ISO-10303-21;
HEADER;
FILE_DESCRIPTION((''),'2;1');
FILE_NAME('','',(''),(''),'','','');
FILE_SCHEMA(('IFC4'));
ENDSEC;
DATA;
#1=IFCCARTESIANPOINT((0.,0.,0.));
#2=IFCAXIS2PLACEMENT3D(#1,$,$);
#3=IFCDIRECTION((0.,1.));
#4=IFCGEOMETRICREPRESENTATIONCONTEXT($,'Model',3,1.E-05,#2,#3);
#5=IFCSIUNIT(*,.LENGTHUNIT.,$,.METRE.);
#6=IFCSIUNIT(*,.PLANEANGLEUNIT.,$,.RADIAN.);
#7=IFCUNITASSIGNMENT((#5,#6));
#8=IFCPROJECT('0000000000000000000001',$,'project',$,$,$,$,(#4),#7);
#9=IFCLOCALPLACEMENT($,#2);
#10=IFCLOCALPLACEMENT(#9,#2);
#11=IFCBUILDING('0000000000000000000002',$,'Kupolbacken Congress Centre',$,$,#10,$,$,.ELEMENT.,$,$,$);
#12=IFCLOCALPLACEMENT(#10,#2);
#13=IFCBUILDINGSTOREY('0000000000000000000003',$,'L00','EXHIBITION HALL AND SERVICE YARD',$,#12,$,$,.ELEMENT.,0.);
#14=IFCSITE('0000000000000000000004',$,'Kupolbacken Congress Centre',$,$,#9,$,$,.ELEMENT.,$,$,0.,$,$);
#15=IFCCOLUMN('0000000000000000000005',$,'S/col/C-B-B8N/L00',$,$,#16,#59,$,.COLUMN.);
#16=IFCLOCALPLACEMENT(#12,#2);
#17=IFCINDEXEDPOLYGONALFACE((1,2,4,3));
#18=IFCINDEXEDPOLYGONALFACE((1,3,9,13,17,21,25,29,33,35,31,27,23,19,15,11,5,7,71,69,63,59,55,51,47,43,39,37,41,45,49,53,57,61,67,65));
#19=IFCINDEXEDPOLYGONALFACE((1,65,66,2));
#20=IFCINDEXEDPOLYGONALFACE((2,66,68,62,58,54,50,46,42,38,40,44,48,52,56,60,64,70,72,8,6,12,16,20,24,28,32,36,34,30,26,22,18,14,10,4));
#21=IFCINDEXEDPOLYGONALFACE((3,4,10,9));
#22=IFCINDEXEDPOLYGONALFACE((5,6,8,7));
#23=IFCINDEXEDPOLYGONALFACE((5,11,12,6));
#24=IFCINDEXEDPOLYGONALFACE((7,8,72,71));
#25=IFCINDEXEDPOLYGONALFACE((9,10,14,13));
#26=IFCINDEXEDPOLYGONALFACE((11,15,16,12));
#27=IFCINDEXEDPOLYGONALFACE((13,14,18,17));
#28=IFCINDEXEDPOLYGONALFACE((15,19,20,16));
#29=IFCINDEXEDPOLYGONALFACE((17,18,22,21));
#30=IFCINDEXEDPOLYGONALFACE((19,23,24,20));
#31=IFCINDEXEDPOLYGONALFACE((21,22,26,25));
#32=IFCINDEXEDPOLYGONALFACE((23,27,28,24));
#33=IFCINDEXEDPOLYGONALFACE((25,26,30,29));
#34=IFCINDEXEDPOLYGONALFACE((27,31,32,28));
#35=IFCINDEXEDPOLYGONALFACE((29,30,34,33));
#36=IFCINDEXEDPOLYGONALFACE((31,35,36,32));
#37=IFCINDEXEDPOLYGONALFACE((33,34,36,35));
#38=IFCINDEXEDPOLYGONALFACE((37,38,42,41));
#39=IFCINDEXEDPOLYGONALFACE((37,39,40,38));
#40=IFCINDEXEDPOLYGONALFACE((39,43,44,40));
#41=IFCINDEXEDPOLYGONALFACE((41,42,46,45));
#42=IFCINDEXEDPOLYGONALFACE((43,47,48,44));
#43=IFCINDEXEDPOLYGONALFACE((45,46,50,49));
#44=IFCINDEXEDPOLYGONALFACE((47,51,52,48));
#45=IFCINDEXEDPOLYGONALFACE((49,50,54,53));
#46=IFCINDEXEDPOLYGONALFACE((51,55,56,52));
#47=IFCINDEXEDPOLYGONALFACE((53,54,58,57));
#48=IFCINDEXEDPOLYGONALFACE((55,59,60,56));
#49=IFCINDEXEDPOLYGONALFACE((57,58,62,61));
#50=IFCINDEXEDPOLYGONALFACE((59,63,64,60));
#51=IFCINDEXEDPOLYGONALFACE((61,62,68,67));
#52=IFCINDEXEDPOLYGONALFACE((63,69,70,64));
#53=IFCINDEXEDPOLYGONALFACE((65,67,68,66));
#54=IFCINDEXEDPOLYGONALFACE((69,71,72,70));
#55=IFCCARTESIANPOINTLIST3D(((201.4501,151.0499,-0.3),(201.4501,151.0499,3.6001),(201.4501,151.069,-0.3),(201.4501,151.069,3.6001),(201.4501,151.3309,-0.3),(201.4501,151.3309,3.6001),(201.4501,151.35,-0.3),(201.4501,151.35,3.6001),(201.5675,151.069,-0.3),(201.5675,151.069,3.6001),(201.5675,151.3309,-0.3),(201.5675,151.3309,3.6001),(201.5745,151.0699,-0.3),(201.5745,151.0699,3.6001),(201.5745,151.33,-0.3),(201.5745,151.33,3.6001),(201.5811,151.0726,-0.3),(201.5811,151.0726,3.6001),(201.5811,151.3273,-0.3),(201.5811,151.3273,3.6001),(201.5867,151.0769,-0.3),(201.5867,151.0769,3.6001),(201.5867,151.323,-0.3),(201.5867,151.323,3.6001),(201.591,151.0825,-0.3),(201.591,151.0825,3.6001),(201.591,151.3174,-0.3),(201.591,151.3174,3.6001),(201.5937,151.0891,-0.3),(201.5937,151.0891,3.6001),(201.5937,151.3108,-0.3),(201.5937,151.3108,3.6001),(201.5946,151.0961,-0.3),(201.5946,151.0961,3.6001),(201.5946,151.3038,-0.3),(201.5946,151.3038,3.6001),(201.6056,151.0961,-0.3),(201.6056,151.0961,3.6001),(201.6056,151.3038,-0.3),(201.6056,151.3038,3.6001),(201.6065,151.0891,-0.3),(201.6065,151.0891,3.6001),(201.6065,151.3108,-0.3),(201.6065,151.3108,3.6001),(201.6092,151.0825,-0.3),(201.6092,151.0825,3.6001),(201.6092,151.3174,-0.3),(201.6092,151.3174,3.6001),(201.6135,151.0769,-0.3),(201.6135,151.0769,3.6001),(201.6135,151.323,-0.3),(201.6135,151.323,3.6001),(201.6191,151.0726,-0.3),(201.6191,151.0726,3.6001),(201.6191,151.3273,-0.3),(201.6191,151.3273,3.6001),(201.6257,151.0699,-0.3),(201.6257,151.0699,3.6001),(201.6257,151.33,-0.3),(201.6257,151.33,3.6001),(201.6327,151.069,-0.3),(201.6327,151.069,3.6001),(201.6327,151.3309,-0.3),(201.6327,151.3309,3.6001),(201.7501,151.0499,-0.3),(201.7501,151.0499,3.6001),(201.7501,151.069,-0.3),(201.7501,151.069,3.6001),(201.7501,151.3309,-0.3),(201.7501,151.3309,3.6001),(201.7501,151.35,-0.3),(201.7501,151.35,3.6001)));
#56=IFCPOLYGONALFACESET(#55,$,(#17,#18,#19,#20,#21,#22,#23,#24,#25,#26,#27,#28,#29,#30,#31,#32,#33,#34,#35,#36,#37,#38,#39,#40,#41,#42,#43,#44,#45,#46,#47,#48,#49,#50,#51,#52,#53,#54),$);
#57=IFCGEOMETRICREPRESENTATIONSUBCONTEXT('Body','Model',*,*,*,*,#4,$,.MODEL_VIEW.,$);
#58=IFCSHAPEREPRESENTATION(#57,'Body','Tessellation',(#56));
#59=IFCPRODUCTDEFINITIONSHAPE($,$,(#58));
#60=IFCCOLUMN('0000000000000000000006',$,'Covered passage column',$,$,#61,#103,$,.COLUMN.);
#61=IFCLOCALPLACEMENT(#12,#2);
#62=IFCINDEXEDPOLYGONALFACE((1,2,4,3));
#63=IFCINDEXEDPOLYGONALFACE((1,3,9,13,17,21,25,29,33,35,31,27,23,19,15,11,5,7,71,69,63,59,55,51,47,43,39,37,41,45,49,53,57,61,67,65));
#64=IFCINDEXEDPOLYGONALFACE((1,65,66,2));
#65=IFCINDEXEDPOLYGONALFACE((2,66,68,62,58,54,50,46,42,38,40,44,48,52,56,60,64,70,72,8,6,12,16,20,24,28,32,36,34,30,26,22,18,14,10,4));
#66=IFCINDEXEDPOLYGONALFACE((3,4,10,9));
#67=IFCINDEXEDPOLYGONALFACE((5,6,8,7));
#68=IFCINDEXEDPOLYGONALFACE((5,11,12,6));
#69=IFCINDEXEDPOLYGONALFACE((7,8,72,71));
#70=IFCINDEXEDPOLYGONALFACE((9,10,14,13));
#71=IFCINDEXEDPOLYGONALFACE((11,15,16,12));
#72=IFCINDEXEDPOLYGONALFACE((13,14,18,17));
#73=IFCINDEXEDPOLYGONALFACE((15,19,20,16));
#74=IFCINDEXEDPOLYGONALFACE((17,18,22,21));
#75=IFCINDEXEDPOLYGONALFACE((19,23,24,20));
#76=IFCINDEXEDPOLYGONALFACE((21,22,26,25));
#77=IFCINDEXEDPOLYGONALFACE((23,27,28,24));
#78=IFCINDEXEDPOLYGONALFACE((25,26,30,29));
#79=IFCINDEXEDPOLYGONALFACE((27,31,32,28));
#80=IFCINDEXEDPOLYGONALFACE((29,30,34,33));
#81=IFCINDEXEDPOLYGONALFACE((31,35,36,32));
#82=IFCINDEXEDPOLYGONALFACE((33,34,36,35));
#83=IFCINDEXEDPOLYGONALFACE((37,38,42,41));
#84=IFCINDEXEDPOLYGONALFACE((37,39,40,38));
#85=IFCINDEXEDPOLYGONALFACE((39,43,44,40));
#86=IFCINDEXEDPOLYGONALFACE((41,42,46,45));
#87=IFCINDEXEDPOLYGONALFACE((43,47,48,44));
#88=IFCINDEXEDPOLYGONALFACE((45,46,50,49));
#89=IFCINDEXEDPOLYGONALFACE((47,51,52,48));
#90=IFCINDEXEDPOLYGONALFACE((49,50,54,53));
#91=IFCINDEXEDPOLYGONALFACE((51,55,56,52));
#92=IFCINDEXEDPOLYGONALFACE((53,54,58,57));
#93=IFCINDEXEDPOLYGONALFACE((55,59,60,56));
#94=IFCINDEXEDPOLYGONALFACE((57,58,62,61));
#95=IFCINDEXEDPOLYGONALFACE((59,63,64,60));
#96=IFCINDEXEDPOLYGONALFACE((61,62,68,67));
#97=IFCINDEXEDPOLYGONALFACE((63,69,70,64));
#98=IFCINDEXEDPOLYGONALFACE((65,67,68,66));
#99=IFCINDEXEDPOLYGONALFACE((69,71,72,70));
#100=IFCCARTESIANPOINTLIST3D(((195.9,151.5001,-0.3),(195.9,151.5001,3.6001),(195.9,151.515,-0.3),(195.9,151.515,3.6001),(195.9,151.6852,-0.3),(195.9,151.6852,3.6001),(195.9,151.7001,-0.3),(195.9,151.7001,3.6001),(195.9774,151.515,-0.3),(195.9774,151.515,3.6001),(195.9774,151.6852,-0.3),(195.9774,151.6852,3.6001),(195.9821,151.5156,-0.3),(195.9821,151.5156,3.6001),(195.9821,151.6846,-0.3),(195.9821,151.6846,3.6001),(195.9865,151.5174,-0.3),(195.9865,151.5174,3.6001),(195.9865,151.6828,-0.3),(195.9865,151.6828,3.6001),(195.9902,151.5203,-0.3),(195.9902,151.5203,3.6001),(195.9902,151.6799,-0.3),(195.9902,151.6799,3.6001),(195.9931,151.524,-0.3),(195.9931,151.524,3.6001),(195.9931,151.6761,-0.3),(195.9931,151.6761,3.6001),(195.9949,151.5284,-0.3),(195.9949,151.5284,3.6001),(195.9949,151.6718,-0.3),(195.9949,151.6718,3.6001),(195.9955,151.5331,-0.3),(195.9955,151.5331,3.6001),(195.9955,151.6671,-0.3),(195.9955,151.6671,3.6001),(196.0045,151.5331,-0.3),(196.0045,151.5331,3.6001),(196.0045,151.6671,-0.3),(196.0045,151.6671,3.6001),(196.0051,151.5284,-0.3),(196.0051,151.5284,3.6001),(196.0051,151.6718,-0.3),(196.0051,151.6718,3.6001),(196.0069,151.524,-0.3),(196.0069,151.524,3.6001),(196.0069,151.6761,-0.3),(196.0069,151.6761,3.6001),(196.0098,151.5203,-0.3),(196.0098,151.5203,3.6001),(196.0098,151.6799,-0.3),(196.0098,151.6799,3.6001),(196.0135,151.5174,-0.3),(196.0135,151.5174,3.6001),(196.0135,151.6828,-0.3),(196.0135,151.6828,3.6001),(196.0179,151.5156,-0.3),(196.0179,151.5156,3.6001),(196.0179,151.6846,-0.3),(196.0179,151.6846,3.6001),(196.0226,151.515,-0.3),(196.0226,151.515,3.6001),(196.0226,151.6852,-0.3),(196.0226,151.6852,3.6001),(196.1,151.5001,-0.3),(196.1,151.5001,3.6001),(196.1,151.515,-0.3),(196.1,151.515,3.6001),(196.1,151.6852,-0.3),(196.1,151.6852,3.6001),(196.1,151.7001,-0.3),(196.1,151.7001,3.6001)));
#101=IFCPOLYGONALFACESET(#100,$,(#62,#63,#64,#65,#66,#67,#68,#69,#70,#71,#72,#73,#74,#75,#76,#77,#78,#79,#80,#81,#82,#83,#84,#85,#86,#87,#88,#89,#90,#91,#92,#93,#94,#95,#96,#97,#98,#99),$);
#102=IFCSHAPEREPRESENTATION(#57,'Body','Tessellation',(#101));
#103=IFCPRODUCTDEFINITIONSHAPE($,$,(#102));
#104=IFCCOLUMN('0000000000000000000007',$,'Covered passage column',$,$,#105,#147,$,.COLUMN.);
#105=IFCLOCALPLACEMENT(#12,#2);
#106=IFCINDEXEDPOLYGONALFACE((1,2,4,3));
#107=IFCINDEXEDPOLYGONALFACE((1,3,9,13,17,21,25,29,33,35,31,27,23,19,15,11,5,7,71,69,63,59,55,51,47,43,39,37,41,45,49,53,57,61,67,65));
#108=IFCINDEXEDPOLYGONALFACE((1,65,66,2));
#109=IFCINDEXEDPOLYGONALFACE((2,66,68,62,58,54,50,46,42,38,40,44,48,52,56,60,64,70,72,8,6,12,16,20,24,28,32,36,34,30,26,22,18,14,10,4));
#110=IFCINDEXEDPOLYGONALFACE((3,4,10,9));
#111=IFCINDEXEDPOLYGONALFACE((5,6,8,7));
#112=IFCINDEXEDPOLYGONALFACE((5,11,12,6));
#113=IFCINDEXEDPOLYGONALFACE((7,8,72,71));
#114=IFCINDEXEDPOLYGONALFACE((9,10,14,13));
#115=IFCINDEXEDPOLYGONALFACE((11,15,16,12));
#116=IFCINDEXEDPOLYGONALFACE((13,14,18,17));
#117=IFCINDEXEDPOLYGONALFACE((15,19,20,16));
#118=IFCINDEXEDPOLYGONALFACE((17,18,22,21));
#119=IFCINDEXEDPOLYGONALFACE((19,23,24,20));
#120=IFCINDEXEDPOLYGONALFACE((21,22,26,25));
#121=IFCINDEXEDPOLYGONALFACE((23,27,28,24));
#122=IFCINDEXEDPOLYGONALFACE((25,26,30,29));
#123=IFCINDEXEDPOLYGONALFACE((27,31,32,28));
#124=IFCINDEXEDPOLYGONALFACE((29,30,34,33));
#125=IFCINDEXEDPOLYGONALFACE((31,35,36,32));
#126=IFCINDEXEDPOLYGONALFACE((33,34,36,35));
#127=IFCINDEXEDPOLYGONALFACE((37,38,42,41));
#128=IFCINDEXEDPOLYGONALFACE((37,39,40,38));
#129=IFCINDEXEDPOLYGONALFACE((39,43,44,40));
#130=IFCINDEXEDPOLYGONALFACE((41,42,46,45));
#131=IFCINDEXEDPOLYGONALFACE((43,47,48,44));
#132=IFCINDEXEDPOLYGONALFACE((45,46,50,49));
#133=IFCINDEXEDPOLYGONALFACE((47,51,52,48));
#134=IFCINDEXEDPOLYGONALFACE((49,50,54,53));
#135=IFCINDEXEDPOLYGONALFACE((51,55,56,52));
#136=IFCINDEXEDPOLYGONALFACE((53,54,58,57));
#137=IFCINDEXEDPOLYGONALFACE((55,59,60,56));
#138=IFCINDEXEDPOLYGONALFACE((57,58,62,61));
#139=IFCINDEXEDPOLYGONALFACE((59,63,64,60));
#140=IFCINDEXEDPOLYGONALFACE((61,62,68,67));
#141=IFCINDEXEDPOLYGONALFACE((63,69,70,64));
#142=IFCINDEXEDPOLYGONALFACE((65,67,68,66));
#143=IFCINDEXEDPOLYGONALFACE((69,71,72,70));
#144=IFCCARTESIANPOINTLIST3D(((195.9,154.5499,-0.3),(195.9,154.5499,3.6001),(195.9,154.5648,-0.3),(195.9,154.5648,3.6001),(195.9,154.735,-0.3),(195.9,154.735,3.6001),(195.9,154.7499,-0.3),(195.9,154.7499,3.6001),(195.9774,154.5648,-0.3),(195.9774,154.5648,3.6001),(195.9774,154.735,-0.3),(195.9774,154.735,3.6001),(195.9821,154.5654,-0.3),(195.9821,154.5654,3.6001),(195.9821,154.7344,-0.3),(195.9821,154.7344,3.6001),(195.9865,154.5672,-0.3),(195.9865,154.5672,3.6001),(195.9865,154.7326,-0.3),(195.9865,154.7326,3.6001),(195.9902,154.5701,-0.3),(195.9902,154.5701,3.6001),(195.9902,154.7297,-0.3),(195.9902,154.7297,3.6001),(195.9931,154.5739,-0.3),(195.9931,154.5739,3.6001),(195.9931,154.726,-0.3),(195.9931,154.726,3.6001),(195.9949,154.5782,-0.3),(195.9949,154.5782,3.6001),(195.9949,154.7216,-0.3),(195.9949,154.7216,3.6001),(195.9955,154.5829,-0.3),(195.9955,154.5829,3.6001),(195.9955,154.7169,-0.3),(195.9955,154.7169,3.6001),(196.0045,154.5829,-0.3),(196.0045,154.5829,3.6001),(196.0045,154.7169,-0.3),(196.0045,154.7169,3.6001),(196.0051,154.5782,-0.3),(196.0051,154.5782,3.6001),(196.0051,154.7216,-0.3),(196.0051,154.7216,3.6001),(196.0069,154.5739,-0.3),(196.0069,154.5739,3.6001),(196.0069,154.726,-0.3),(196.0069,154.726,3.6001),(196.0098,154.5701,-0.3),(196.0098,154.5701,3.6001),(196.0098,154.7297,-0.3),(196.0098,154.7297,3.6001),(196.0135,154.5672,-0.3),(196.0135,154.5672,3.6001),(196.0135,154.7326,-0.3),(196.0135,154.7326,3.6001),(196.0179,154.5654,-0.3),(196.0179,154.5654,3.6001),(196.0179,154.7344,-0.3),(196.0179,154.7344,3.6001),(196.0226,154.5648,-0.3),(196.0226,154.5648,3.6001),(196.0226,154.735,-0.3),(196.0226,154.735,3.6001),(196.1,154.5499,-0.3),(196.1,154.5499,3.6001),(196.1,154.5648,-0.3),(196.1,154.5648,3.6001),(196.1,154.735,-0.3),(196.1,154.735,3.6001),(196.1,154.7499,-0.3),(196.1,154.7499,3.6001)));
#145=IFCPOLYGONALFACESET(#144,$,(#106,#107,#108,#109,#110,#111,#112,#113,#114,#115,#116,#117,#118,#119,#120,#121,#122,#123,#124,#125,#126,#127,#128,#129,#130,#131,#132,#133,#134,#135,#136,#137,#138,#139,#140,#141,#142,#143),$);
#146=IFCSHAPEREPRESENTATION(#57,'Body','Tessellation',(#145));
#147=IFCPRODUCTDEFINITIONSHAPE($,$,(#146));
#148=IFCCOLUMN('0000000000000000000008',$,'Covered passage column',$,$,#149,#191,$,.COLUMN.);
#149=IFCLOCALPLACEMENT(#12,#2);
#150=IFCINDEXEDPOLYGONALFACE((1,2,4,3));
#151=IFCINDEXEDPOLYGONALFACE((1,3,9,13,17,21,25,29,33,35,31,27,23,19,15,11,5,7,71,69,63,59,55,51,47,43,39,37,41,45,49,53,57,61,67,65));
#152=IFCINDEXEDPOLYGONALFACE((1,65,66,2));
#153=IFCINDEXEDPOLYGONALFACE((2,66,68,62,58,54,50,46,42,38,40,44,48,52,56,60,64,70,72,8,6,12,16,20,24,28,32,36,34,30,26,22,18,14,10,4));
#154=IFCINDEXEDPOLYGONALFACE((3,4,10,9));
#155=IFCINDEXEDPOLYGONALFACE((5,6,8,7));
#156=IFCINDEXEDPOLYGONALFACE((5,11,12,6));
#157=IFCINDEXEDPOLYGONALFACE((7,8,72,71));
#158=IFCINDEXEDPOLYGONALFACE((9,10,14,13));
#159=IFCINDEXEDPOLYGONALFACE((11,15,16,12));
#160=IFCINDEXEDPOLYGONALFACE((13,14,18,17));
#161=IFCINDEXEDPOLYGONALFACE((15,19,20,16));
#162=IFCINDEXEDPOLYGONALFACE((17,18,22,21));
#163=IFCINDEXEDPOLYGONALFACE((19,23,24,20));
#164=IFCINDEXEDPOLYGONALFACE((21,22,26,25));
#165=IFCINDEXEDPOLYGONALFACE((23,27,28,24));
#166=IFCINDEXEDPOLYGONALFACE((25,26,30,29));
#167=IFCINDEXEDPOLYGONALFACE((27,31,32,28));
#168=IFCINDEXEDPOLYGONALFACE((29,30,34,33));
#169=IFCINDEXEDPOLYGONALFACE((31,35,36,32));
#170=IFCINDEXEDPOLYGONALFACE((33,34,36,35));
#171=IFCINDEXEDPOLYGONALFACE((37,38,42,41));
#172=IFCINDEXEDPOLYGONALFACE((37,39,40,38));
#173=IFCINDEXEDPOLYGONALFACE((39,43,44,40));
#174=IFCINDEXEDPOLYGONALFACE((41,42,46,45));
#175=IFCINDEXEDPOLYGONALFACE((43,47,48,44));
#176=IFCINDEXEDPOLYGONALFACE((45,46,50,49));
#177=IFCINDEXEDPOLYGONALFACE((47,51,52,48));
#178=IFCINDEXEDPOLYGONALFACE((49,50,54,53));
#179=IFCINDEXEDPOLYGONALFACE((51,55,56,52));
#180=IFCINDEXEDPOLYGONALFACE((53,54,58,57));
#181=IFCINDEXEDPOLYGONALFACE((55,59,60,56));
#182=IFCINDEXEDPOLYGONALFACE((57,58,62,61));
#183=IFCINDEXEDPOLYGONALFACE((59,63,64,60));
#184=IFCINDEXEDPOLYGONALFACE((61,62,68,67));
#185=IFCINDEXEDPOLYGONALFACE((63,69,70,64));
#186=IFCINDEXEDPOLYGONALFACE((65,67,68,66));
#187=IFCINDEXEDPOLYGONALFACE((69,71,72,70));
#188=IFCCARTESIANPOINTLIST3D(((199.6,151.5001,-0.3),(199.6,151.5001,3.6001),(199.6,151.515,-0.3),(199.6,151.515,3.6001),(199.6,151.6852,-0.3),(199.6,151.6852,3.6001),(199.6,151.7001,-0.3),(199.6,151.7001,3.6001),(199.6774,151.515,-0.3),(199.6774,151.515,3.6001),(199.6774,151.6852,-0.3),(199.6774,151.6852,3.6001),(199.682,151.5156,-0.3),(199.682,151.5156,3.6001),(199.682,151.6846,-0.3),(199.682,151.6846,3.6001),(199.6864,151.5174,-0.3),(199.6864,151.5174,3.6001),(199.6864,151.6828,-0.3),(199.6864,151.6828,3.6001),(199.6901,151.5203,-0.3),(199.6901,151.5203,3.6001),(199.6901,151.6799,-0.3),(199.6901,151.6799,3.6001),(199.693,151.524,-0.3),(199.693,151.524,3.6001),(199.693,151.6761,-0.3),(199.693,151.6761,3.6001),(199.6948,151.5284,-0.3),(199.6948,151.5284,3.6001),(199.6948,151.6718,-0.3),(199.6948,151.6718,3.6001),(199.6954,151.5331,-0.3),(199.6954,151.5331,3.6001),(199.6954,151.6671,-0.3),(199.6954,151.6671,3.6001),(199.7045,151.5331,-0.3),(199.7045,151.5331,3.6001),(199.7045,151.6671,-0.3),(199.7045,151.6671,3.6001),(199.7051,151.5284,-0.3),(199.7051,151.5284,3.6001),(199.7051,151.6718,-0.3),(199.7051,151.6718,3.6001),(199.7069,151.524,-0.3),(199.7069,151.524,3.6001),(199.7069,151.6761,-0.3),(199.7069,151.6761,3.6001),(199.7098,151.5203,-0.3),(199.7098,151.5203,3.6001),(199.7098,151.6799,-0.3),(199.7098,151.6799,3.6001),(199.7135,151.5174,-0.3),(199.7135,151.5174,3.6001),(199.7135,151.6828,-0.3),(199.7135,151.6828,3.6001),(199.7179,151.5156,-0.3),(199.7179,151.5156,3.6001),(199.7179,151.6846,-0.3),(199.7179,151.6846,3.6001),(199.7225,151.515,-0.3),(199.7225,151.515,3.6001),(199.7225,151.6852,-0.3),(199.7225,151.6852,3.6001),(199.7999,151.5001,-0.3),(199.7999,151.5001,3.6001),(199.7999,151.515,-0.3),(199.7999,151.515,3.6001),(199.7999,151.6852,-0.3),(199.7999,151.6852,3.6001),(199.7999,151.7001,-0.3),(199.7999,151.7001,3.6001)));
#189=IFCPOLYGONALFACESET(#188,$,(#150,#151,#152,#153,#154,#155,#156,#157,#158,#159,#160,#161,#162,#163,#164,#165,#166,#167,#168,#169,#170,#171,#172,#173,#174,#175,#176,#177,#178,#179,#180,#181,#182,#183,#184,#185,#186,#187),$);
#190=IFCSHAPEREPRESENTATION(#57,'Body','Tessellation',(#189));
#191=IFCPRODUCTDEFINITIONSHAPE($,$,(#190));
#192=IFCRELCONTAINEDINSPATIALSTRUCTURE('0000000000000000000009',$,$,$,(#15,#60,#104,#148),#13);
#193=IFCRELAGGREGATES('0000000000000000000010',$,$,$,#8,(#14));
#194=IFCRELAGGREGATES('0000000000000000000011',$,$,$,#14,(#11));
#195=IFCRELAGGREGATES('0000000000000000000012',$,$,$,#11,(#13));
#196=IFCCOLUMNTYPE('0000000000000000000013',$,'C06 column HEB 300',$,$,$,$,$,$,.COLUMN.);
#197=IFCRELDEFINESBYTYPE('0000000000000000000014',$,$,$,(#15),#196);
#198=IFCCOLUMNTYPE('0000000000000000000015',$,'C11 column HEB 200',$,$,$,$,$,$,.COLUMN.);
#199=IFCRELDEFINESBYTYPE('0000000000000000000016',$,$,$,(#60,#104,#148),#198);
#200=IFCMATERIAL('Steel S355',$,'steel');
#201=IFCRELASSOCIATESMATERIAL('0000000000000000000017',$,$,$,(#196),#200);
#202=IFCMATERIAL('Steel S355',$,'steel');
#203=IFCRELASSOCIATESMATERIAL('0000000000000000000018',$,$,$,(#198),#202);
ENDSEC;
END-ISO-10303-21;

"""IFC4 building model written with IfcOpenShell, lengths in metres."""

from ifc_helpers import new_model, si_unit, direction, frame, origin, origin_2d, place, context, subcontext, project, spatial, i_section, extrude, material, material_profile, profile_set, type_object, element, save


model = new_model("IFC4")

# Units and contexts
model_context = context("Model", 3, precision=1e-05, world=origin(), true_north=direction((0.0, 1.0)))
body_context = subcontext(model_context, "Body", "Model", "MODEL_VIEW")
ifc_project = project(units=[si_unit("LENGTHUNIT", "METRE"), si_unit("PLANEANGLEUNIT", "RADIAN")], contexts=[model_context])

# Site, building, storey
site_placement = place(None, origin())
site = spatial("IfcSite", under=ifc_project, at=site_placement, Name="Kupolbacken Congress Centre", CompositionType="ELEMENT", RefElevation=0.0)
building_placement = place(site_placement, origin())
building = spatial("IfcBuilding", under=site, at=building_placement, Name="Kupolbacken Congress Centre", CompositionType="ELEMENT")
storey_placement = place(building_placement, origin())
storey = spatial("IfcBuildingStorey", under=building, at=storey_placement, Name="L00", Description="EXHIBITION HALL AND SERVICE YARD", CompositionType="ELEMENT", Elevation=0.0)

# Columns
ifc_material_1 = material(Name="Steel S355", Category="steel")
ifc_material_profile_1 = material_profile(ifc_material_1, i_section(OverallWidth=0.3, OverallDepth=0.3, WebThickness=0.011, FlangeThickness=0.019, FilletRadius=0.0271, at=origin_2d()), Name="HEB 300")
ifc_profile_set_1 = profile_set([ifc_material_profile_1], Name="Steel S355")
column_type_1 = type_object("IfcColumnType", Name="C06 column HEB 300", PredefinedType="COLUMN", material=ifc_profile_set_1)
column_1_placement = place(storey_placement, frame((201.6001, 151.2, -0.3), z_axis=(0.0, 0.0, 1.0), x_axis=(1.0, 0.0, 0.0)))
element("IfcColumn", 1, at=column_1_placement, inside=storey, type_object=column_type_1, Name="S/col/C-B-B8N/L00", PredefinedType="COLUMN", context=body_context, shape_type="SweptSolid", body=[
    extrude(i_section(OverallWidth=0.3, OverallDepth=0.3, WebThickness=0.011, FlangeThickness=0.019, FilletRadius=0.0271, at=origin_2d()), origin(), (0.0, 0.0, 1.0), 3.9001),
])
ifc_material_2 = material(Name="Steel S355", Category="steel")
ifc_material_profile_2 = material_profile(ifc_material_2, i_section(OverallWidth=0.2, OverallDepth=0.2, WebThickness=0.009, FlangeThickness=0.0149, FilletRadius=0.0181, at=origin_2d()), Name="HEB 200")
ifc_profile_set_2 = profile_set([ifc_material_profile_2], Name="Steel S355")
column_type_2 = type_object("IfcColumnType", Name="C11 column HEB 200", PredefinedType="COLUMN", material=ifc_profile_set_2)
for number, where, z_axis, x_axis, name in (
    (2, (196.0, 151.6001, -0.3), (0.0, 0.0, 1.0), (1.0, 0.0, 0.0), "Covered passage column"),
    (3, (196.0, 154.6499, -0.3), (0.0, 0.0, 1.0), (1.0, 0.0, 0.0), "Covered passage column"),
    (4, (199.7, 151.6001, -0.3), (0.0, 0.0, 1.0), (1.0, 0.0, 0.0), "Covered passage column"),
):
    element("IfcColumn", number, at=place(storey_placement, frame(where, z_axis=z_axis, x_axis=x_axis)), inside=storey, type_object=column_type_2, Name=name, PredefinedType="COLUMN", context=body_context, shape_type="SweptSolid", body=[
        extrude(i_section(OverallWidth=0.2, OverallDepth=0.2, WebThickness=0.009, FlangeThickness=0.0149, FilletRadius=0.0181, at=origin_2d()), origin(), (0.0, 0.0, 1.0), 3.9001),
    ])

save(model, "model.ifc")
